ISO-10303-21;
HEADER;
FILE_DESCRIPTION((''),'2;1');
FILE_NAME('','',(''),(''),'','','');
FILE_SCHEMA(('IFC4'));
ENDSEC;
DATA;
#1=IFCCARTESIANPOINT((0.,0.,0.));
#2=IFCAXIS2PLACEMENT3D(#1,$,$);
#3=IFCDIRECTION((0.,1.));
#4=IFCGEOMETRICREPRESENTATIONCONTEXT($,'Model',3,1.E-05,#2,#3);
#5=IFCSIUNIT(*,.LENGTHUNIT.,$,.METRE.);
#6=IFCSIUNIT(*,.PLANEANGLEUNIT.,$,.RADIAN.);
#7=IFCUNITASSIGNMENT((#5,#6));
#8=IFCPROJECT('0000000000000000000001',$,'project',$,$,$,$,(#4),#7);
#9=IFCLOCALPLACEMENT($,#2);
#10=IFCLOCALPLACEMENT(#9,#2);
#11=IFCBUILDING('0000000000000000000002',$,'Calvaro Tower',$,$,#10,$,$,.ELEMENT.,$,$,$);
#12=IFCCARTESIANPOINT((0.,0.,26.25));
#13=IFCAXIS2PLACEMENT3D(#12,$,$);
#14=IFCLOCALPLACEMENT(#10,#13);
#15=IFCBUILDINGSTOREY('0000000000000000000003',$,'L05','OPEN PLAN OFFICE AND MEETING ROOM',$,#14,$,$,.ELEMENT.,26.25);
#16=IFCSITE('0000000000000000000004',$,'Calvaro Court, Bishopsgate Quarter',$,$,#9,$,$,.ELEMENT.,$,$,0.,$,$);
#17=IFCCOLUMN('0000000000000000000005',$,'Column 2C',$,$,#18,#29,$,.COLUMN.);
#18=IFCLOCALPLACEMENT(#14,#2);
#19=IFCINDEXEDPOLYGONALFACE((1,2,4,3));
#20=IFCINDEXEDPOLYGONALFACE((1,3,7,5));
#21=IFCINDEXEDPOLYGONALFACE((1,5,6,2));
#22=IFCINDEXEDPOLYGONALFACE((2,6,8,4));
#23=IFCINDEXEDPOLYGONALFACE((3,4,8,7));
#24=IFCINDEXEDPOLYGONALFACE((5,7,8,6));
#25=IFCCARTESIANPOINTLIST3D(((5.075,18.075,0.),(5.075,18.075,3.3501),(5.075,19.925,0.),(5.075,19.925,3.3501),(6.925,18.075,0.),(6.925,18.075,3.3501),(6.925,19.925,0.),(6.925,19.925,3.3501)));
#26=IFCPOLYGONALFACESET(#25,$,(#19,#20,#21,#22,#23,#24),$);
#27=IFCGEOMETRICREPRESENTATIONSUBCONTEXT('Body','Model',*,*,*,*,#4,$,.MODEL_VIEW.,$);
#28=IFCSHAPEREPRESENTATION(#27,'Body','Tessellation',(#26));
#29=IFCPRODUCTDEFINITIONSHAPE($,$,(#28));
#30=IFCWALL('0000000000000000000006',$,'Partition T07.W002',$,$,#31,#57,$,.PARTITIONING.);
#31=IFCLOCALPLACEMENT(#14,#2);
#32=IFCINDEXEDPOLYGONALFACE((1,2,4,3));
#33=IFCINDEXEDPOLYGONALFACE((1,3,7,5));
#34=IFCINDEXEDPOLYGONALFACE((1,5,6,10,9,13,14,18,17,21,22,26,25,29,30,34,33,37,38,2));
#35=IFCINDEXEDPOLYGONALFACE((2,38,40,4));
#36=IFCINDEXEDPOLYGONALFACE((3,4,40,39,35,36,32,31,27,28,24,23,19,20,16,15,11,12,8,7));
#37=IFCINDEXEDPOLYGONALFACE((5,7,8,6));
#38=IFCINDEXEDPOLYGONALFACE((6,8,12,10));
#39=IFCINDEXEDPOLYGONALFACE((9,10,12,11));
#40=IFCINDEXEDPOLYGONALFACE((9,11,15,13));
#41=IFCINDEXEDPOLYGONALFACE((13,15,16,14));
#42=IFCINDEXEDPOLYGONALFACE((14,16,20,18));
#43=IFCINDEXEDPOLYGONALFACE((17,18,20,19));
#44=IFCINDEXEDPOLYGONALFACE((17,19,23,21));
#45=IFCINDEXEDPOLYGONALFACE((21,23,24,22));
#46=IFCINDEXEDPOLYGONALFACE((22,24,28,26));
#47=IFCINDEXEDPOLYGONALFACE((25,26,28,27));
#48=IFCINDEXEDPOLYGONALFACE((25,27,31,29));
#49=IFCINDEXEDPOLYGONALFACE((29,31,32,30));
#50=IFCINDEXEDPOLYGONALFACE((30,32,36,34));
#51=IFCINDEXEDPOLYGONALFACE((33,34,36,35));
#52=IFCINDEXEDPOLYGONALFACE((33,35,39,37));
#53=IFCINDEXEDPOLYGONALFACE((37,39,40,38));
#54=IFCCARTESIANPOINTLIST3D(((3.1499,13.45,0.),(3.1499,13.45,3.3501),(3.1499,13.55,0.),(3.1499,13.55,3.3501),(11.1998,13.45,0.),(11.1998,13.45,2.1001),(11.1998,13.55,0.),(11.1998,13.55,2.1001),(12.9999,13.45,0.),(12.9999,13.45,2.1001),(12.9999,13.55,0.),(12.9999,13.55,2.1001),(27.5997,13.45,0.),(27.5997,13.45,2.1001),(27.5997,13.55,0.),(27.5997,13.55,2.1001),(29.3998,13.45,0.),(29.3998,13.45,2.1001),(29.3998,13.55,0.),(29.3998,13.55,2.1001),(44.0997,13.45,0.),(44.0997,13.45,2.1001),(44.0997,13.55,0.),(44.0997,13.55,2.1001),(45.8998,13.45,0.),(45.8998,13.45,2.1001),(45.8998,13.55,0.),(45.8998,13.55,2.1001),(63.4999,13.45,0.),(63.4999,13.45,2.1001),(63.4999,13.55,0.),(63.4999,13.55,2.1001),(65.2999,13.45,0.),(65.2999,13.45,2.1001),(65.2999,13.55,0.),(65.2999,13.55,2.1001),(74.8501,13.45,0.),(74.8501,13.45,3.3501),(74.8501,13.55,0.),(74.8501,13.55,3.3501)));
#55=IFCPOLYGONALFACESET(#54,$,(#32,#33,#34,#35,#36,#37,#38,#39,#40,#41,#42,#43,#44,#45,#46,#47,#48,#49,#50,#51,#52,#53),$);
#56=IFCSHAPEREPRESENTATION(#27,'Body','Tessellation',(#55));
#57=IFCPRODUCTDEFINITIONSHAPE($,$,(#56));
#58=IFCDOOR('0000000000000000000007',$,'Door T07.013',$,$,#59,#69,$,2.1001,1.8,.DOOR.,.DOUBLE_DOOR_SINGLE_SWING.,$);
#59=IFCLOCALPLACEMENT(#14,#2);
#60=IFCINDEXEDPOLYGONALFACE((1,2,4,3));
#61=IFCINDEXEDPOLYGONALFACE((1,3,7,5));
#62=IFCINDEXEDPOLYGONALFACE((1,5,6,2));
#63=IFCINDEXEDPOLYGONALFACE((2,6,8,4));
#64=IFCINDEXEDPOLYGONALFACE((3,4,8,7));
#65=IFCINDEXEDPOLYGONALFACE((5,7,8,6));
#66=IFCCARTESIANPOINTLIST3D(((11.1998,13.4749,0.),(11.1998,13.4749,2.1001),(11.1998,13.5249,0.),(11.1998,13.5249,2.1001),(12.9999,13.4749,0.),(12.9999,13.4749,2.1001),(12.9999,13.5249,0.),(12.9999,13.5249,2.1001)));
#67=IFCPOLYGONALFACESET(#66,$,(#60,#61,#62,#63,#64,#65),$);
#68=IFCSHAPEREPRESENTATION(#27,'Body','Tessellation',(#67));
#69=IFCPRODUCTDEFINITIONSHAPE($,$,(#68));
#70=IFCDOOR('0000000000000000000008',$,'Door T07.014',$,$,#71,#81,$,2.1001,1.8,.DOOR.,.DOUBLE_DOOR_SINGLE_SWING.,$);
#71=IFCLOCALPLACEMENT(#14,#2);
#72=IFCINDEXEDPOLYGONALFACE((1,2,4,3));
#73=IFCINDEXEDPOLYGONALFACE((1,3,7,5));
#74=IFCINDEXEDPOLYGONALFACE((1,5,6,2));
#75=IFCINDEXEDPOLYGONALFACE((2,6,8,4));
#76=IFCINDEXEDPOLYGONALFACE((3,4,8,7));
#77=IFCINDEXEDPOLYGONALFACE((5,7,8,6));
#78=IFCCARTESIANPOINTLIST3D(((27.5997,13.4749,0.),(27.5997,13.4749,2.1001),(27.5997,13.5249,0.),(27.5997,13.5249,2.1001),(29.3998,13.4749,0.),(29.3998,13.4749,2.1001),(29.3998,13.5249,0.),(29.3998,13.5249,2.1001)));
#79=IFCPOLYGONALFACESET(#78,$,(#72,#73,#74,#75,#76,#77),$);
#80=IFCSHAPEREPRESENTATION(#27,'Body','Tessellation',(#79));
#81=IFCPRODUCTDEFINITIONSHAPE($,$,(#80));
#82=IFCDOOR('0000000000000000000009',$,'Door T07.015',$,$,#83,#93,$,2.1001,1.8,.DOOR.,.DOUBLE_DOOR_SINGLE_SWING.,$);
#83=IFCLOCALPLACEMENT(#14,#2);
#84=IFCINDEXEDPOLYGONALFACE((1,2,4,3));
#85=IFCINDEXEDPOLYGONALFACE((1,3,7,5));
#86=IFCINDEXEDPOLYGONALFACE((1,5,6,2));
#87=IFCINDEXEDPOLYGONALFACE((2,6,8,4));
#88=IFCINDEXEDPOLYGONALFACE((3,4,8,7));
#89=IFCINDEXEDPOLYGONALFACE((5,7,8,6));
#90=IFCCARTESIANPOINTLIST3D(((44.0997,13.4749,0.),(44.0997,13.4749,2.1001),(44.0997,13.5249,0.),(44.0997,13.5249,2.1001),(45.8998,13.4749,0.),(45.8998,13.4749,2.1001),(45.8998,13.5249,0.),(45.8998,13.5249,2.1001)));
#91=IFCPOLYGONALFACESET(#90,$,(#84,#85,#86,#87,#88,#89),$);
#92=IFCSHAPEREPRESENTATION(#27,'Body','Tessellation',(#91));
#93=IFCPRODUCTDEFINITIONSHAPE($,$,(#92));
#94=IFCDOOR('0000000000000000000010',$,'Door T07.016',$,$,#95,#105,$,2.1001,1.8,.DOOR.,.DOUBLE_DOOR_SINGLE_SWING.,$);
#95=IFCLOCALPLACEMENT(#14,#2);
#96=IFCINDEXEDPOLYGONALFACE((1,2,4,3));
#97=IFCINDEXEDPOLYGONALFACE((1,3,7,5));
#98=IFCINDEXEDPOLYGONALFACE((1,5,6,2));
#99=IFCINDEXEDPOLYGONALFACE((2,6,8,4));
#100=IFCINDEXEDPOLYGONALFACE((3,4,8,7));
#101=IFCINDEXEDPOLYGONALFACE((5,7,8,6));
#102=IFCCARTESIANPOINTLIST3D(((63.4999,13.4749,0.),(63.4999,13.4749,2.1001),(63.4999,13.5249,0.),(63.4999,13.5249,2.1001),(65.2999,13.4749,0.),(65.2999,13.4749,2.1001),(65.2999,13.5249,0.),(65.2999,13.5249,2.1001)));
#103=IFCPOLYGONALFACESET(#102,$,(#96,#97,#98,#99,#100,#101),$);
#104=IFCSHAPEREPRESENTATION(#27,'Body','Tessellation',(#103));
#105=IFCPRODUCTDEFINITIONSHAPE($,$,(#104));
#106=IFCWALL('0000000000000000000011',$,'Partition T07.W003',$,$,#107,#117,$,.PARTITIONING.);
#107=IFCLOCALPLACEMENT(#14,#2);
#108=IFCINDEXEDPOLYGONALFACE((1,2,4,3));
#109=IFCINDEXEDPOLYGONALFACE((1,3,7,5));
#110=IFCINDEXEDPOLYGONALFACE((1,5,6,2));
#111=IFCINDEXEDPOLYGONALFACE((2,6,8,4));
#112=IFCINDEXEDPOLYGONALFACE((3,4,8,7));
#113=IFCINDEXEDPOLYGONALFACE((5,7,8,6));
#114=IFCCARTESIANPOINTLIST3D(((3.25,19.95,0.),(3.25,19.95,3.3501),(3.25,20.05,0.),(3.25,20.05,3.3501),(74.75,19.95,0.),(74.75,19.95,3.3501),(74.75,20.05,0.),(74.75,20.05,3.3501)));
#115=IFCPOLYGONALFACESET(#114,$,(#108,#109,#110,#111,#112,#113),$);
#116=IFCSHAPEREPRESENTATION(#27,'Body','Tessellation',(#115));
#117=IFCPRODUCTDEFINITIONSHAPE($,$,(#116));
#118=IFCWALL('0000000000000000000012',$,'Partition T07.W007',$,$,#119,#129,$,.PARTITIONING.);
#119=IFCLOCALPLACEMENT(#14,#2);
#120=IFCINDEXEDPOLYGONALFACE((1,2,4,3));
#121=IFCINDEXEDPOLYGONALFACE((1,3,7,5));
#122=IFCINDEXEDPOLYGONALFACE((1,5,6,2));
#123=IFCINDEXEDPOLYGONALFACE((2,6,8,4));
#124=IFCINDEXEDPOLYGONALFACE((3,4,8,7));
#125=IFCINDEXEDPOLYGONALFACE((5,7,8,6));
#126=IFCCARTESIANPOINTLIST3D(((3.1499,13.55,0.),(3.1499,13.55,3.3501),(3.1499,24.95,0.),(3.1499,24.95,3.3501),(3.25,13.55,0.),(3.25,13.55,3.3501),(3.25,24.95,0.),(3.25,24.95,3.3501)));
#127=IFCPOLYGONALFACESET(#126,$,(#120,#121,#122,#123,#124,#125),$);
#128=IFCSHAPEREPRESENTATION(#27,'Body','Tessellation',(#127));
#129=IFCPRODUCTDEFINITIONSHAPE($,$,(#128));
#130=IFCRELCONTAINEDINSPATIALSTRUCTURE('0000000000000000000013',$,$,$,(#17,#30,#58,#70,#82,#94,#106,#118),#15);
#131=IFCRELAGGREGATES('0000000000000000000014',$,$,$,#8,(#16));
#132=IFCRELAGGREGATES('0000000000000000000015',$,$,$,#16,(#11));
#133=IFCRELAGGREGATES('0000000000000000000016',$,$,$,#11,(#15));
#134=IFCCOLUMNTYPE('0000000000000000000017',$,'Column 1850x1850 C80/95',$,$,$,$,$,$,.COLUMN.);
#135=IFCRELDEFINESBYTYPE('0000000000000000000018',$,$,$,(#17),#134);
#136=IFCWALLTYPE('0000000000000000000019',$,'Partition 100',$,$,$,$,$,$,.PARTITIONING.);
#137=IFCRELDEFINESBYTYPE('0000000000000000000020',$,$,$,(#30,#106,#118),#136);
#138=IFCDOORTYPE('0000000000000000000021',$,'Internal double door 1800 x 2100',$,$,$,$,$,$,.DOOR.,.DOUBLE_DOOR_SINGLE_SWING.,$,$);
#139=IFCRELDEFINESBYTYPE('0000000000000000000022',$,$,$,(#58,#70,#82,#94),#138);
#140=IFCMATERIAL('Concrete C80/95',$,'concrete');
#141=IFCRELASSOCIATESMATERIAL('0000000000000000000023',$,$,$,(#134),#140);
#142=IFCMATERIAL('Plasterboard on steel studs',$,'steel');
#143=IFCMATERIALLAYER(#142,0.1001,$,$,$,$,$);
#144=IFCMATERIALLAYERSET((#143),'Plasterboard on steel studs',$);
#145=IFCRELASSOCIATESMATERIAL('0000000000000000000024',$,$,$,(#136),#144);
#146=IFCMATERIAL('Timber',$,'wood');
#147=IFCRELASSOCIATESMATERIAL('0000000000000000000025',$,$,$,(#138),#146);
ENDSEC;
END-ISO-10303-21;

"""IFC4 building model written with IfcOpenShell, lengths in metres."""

from ifc_helpers import new_model, si_unit, direction, frame, frame_2d, origin, origin_2d, place, context, subcontext, project, spatial, rectangle, extrude, material, layer, layer_set, material_profile, profile_set, type_object, element, fill, save


model = new_model("IFC4")

# Units and contexts
model_context = context("Model", 3, precision=1e-05, world=origin(), true_north=direction((0.0, 1.0)))
body_context = subcontext(model_context, "Body", "Model", "MODEL_VIEW")
ifc_project = project(units=[si_unit("LENGTHUNIT", "METRE"), si_unit("PLANEANGLEUNIT", "RADIAN")], contexts=[model_context])

# Site, building, storey
site_placement = place(None, origin())
site = spatial("IfcSite", under=ifc_project, at=site_placement, Name="Calvaro Court, Bishopsgate Quarter", CompositionType="ELEMENT", RefElevation=0.0)
building_placement = place(site_placement, origin())
building = spatial("IfcBuilding", under=site, at=building_placement, Name="Calvaro Tower", CompositionType="ELEMENT")
storey_placement = place(building_placement, frame((0.0, 0.0, 26.25)))
storey = spatial("IfcBuildingStorey", under=building, at=storey_placement, Name="L05", Description="OPEN PLAN OFFICE AND MEETING ROOM", CompositionType="ELEMENT", Elevation=26.25)

# Column
ifc_material_1 = material(Name="Concrete C80/95", Category="concrete")
ifc_material_profile = material_profile(ifc_material_1, rectangle(XDim=1.8501, YDim=1.8501, at=origin_2d()), Name="RC 1850x1850")
ifc_profile_set = profile_set([ifc_material_profile], Name="Concrete C80/95")
column_type = type_object("IfcColumnType", Name="Column 1850x1850 C80/95", PredefinedType="COLUMN", material=ifc_profile_set)
column_placement = place(storey_placement, frame((6.0, 19.0, 0.0), z_axis=(0.0, 0.0, 1.0), x_axis=(1.0, 0.0, 0.0)))
element("IfcColumn", 1, at=column_placement, inside=storey, type_object=column_type, Name="Column 2C", PredefinedType="COLUMN", context=body_context, shape_type="SweptSolid", body=[
    extrude(rectangle(XDim=1.8501, YDim=1.8501, at=origin_2d()), origin(), (0.0, 0.0, 1.0), 3.3501),
])

# Wall, openings, doors
ifc_material_2 = material(Name="Plasterboard on steel studs", Category="steel")
ifc_layer = layer(ifc_material_2, 0.1001)
ifc_layer_set = layer_set([ifc_layer], Name="Plasterboard on steel studs")
wall_type = type_object("IfcWallType", Name="Partition 100", PredefinedType="PARTITIONING", material=ifc_layer_set)
ifc_material_3 = material(Name="Timber", Category="wood")
door_type_1 = type_object("IfcDoorType", Name="Internal double door 1800 x 2100", OperationType="DOUBLE_DOOR_SINGLE_SWING", PredefinedType="DOOR", material=ifc_material_3)
wall_1_placement = place(storey_placement, frame((3.1499, 13.5, 0.0), z_axis=(0.0, 0.0, 1.0), x_axis=(1.0, 0.0, 0.0)))
wall_1 = element("IfcWall", 2, at=wall_1_placement, inside=storey, type_object=wall_type, Name="Partition T07.W002", PredefinedType="PARTITIONING", context=body_context, shape_type="SweptSolid", body=[
    extrude(rectangle(XDim=71.7002, YDim=0.1001, at=frame_2d((35.8501, 0.0))), origin(), (0.0, 0.0, 1.0), 3.3501),
])
opening_1_placement = place(wall_1_placement, frame((8.05, 0.0, 0.0)))
opening_1 = element("IfcOpeningElement", 3, at=opening_1_placement, cuts=wall_1, PredefinedType="OPENING", context=body_context, shape_type="SweptSolid", body=[
    extrude(rectangle(XDim=1.8, YDim=2.1001, at=frame_2d((0.8999, 1.05))), frame((0.0, 0.0601, 0.0), z_axis=(0.0, -1.0, 0.0), x_axis=(1.0, 0.0, 0.0)), (0.0, 0.0, 1.0), 0.1201),
])
opening_2_placement = place(wall_1_placement, frame((24.45, 0.0, 0.0)))
opening_2 = element("IfcOpeningElement", 4, at=opening_2_placement, cuts=wall_1, PredefinedType="OPENING", context=body_context, shape_type="SweptSolid", body=[
    extrude(rectangle(XDim=1.8, YDim=2.1001, at=frame_2d((0.8999, 1.05))), frame((0.0, 0.0601, 0.0), z_axis=(0.0, -1.0, 0.0), x_axis=(1.0, 0.0, 0.0)), (0.0, 0.0, 1.0), 0.1201),
])
opening_3_placement = place(wall_1_placement, frame((40.95, 0.0, 0.0)))
opening_3 = element("IfcOpeningElement", 5, at=opening_3_placement, cuts=wall_1, PredefinedType="OPENING", context=body_context, shape_type="SweptSolid", body=[
    extrude(rectangle(XDim=1.8, YDim=2.1001, at=frame_2d((0.8999, 1.05))), frame((0.0, 0.0601, 0.0), z_axis=(0.0, -1.0, 0.0), x_axis=(1.0, 0.0, 0.0)), (0.0, 0.0, 1.0), 0.1201),
])
opening_4_placement = place(wall_1_placement, frame((60.3501, 0.0, 0.0)))
opening_4 = element("IfcOpeningElement", 6, at=opening_4_placement, cuts=wall_1, PredefinedType="OPENING", context=body_context, shape_type="SweptSolid", body=[
    extrude(rectangle(XDim=1.8, YDim=2.1001, at=frame_2d((0.8999, 1.05))), frame((0.0, 0.0601, 0.0), z_axis=(0.0, -1.0, 0.0), x_axis=(1.0, 0.0, 0.0)), (0.0, 0.0, 1.0), 0.1201),
])
door_1_placement = place(opening_1_placement, origin())
door_1 = element("IfcDoor", 7, at=door_1_placement, inside=storey, type_object=door_type_1, Name="Door T07.013", OperationType="DOUBLE_DOOR_SINGLE_SWING", OverallHeight=2.1001, OverallWidth=1.8, PredefinedType="DOOR", context=body_context, shape_type="SweptSolid", body=[
    extrude(rectangle(XDim=1.8, YDim=2.1001, at=frame_2d((0.8999, 1.05))), frame((0.0, 0.0249, 0.0), z_axis=(0.0, -1.0, 0.0), x_axis=(1.0, 0.0, 0.0)), (0.0, 0.0, 1.0), 0.05),
])
fill(opening_1, door_1)
door_2_placement = place(opening_2_placement, origin())
door_2 = element("IfcDoor", 8, at=door_2_placement, inside=storey, type_object=door_type_1, Name="Door T07.014", OperationType="DOUBLE_DOOR_SINGLE_SWING", OverallHeight=2.1001, OverallWidth=1.8, PredefinedType="DOOR", context=body_context, shape_type="SweptSolid", body=[
    extrude(rectangle(XDim=1.8, YDim=2.1001, at=frame_2d((0.8999, 1.05))), frame((0.0, 0.0249, 0.0), z_axis=(0.0, -1.0, 0.0), x_axis=(1.0, 0.0, 0.0)), (0.0, 0.0, 1.0), 0.05),
])
fill(opening_2, door_2)
door_3_placement = place(opening_3_placement, origin())
door_3 = element("IfcDoor", 9, at=door_3_placement, inside=storey, type_object=door_type_1, Name="Door T07.015", OperationType="DOUBLE_DOOR_SINGLE_SWING", OverallHeight=2.1001, OverallWidth=1.8, PredefinedType="DOOR", context=body_context, shape_type="SweptSolid", body=[
    extrude(rectangle(XDim=1.8, YDim=2.1001, at=frame_2d((0.8999, 1.05))), frame((0.0, 0.0249, 0.0), z_axis=(0.0, -1.0, 0.0), x_axis=(1.0, 0.0, 0.0)), (0.0, 0.0, 1.0), 0.05),
])
fill(opening_3, door_3)
door_4_placement = place(opening_4_placement, origin())
door_4 = element("IfcDoor", 10, at=door_4_placement, inside=storey, type_object=door_type_1, Name="Door T07.016", OperationType="DOUBLE_DOOR_SINGLE_SWING", OverallHeight=2.1001, OverallWidth=1.8, PredefinedType="DOOR", context=body_context, shape_type="SweptSolid", body=[
    extrude(rectangle(XDim=1.8, YDim=2.1001, at=frame_2d((0.8999, 1.05))), frame((0.0, 0.0249, 0.0), z_axis=(0.0, -1.0, 0.0), x_axis=(1.0, 0.0, 0.0)), (0.0, 0.0, 1.0), 0.05),
])
fill(opening_4, door_4)

# Walls
wall_2_placement = place(storey_placement, frame((3.25, 20.0, 0.0), z_axis=(0.0, 0.0, 1.0), x_axis=(1.0, 0.0, 0.0)))
element("IfcWall", 11, at=wall_2_placement, inside=storey, type_object=wall_type, Name="Partition T07.W003", PredefinedType="PARTITIONING", context=body_context, shape_type="SweptSolid", body=[
    extrude(rectangle(XDim=71.5, YDim=0.1001, at=frame_2d((35.75, 0.0))), origin(), (0.0, 0.0, 1.0), 3.3501),
])
wall_3_placement = place(storey_placement, frame((3.2, 13.55, 0.0), z_axis=(0.0, 0.0, 1.0), x_axis=(0.0, 1.0, 0.0)))
element("IfcWall", 12, at=wall_3_placement, inside=storey, type_object=wall_type, Name="Partition T07.W007", PredefinedType="PARTITIONING", context=body_context, shape_type="SweptSolid", body=[
    extrude(rectangle(XDim=11.3999, YDim=0.1001, at=frame_2d((5.7, 0.0))), origin(), (0.0, 0.0, 1.0), 3.3501),
])

save(model, "model.ifc")
